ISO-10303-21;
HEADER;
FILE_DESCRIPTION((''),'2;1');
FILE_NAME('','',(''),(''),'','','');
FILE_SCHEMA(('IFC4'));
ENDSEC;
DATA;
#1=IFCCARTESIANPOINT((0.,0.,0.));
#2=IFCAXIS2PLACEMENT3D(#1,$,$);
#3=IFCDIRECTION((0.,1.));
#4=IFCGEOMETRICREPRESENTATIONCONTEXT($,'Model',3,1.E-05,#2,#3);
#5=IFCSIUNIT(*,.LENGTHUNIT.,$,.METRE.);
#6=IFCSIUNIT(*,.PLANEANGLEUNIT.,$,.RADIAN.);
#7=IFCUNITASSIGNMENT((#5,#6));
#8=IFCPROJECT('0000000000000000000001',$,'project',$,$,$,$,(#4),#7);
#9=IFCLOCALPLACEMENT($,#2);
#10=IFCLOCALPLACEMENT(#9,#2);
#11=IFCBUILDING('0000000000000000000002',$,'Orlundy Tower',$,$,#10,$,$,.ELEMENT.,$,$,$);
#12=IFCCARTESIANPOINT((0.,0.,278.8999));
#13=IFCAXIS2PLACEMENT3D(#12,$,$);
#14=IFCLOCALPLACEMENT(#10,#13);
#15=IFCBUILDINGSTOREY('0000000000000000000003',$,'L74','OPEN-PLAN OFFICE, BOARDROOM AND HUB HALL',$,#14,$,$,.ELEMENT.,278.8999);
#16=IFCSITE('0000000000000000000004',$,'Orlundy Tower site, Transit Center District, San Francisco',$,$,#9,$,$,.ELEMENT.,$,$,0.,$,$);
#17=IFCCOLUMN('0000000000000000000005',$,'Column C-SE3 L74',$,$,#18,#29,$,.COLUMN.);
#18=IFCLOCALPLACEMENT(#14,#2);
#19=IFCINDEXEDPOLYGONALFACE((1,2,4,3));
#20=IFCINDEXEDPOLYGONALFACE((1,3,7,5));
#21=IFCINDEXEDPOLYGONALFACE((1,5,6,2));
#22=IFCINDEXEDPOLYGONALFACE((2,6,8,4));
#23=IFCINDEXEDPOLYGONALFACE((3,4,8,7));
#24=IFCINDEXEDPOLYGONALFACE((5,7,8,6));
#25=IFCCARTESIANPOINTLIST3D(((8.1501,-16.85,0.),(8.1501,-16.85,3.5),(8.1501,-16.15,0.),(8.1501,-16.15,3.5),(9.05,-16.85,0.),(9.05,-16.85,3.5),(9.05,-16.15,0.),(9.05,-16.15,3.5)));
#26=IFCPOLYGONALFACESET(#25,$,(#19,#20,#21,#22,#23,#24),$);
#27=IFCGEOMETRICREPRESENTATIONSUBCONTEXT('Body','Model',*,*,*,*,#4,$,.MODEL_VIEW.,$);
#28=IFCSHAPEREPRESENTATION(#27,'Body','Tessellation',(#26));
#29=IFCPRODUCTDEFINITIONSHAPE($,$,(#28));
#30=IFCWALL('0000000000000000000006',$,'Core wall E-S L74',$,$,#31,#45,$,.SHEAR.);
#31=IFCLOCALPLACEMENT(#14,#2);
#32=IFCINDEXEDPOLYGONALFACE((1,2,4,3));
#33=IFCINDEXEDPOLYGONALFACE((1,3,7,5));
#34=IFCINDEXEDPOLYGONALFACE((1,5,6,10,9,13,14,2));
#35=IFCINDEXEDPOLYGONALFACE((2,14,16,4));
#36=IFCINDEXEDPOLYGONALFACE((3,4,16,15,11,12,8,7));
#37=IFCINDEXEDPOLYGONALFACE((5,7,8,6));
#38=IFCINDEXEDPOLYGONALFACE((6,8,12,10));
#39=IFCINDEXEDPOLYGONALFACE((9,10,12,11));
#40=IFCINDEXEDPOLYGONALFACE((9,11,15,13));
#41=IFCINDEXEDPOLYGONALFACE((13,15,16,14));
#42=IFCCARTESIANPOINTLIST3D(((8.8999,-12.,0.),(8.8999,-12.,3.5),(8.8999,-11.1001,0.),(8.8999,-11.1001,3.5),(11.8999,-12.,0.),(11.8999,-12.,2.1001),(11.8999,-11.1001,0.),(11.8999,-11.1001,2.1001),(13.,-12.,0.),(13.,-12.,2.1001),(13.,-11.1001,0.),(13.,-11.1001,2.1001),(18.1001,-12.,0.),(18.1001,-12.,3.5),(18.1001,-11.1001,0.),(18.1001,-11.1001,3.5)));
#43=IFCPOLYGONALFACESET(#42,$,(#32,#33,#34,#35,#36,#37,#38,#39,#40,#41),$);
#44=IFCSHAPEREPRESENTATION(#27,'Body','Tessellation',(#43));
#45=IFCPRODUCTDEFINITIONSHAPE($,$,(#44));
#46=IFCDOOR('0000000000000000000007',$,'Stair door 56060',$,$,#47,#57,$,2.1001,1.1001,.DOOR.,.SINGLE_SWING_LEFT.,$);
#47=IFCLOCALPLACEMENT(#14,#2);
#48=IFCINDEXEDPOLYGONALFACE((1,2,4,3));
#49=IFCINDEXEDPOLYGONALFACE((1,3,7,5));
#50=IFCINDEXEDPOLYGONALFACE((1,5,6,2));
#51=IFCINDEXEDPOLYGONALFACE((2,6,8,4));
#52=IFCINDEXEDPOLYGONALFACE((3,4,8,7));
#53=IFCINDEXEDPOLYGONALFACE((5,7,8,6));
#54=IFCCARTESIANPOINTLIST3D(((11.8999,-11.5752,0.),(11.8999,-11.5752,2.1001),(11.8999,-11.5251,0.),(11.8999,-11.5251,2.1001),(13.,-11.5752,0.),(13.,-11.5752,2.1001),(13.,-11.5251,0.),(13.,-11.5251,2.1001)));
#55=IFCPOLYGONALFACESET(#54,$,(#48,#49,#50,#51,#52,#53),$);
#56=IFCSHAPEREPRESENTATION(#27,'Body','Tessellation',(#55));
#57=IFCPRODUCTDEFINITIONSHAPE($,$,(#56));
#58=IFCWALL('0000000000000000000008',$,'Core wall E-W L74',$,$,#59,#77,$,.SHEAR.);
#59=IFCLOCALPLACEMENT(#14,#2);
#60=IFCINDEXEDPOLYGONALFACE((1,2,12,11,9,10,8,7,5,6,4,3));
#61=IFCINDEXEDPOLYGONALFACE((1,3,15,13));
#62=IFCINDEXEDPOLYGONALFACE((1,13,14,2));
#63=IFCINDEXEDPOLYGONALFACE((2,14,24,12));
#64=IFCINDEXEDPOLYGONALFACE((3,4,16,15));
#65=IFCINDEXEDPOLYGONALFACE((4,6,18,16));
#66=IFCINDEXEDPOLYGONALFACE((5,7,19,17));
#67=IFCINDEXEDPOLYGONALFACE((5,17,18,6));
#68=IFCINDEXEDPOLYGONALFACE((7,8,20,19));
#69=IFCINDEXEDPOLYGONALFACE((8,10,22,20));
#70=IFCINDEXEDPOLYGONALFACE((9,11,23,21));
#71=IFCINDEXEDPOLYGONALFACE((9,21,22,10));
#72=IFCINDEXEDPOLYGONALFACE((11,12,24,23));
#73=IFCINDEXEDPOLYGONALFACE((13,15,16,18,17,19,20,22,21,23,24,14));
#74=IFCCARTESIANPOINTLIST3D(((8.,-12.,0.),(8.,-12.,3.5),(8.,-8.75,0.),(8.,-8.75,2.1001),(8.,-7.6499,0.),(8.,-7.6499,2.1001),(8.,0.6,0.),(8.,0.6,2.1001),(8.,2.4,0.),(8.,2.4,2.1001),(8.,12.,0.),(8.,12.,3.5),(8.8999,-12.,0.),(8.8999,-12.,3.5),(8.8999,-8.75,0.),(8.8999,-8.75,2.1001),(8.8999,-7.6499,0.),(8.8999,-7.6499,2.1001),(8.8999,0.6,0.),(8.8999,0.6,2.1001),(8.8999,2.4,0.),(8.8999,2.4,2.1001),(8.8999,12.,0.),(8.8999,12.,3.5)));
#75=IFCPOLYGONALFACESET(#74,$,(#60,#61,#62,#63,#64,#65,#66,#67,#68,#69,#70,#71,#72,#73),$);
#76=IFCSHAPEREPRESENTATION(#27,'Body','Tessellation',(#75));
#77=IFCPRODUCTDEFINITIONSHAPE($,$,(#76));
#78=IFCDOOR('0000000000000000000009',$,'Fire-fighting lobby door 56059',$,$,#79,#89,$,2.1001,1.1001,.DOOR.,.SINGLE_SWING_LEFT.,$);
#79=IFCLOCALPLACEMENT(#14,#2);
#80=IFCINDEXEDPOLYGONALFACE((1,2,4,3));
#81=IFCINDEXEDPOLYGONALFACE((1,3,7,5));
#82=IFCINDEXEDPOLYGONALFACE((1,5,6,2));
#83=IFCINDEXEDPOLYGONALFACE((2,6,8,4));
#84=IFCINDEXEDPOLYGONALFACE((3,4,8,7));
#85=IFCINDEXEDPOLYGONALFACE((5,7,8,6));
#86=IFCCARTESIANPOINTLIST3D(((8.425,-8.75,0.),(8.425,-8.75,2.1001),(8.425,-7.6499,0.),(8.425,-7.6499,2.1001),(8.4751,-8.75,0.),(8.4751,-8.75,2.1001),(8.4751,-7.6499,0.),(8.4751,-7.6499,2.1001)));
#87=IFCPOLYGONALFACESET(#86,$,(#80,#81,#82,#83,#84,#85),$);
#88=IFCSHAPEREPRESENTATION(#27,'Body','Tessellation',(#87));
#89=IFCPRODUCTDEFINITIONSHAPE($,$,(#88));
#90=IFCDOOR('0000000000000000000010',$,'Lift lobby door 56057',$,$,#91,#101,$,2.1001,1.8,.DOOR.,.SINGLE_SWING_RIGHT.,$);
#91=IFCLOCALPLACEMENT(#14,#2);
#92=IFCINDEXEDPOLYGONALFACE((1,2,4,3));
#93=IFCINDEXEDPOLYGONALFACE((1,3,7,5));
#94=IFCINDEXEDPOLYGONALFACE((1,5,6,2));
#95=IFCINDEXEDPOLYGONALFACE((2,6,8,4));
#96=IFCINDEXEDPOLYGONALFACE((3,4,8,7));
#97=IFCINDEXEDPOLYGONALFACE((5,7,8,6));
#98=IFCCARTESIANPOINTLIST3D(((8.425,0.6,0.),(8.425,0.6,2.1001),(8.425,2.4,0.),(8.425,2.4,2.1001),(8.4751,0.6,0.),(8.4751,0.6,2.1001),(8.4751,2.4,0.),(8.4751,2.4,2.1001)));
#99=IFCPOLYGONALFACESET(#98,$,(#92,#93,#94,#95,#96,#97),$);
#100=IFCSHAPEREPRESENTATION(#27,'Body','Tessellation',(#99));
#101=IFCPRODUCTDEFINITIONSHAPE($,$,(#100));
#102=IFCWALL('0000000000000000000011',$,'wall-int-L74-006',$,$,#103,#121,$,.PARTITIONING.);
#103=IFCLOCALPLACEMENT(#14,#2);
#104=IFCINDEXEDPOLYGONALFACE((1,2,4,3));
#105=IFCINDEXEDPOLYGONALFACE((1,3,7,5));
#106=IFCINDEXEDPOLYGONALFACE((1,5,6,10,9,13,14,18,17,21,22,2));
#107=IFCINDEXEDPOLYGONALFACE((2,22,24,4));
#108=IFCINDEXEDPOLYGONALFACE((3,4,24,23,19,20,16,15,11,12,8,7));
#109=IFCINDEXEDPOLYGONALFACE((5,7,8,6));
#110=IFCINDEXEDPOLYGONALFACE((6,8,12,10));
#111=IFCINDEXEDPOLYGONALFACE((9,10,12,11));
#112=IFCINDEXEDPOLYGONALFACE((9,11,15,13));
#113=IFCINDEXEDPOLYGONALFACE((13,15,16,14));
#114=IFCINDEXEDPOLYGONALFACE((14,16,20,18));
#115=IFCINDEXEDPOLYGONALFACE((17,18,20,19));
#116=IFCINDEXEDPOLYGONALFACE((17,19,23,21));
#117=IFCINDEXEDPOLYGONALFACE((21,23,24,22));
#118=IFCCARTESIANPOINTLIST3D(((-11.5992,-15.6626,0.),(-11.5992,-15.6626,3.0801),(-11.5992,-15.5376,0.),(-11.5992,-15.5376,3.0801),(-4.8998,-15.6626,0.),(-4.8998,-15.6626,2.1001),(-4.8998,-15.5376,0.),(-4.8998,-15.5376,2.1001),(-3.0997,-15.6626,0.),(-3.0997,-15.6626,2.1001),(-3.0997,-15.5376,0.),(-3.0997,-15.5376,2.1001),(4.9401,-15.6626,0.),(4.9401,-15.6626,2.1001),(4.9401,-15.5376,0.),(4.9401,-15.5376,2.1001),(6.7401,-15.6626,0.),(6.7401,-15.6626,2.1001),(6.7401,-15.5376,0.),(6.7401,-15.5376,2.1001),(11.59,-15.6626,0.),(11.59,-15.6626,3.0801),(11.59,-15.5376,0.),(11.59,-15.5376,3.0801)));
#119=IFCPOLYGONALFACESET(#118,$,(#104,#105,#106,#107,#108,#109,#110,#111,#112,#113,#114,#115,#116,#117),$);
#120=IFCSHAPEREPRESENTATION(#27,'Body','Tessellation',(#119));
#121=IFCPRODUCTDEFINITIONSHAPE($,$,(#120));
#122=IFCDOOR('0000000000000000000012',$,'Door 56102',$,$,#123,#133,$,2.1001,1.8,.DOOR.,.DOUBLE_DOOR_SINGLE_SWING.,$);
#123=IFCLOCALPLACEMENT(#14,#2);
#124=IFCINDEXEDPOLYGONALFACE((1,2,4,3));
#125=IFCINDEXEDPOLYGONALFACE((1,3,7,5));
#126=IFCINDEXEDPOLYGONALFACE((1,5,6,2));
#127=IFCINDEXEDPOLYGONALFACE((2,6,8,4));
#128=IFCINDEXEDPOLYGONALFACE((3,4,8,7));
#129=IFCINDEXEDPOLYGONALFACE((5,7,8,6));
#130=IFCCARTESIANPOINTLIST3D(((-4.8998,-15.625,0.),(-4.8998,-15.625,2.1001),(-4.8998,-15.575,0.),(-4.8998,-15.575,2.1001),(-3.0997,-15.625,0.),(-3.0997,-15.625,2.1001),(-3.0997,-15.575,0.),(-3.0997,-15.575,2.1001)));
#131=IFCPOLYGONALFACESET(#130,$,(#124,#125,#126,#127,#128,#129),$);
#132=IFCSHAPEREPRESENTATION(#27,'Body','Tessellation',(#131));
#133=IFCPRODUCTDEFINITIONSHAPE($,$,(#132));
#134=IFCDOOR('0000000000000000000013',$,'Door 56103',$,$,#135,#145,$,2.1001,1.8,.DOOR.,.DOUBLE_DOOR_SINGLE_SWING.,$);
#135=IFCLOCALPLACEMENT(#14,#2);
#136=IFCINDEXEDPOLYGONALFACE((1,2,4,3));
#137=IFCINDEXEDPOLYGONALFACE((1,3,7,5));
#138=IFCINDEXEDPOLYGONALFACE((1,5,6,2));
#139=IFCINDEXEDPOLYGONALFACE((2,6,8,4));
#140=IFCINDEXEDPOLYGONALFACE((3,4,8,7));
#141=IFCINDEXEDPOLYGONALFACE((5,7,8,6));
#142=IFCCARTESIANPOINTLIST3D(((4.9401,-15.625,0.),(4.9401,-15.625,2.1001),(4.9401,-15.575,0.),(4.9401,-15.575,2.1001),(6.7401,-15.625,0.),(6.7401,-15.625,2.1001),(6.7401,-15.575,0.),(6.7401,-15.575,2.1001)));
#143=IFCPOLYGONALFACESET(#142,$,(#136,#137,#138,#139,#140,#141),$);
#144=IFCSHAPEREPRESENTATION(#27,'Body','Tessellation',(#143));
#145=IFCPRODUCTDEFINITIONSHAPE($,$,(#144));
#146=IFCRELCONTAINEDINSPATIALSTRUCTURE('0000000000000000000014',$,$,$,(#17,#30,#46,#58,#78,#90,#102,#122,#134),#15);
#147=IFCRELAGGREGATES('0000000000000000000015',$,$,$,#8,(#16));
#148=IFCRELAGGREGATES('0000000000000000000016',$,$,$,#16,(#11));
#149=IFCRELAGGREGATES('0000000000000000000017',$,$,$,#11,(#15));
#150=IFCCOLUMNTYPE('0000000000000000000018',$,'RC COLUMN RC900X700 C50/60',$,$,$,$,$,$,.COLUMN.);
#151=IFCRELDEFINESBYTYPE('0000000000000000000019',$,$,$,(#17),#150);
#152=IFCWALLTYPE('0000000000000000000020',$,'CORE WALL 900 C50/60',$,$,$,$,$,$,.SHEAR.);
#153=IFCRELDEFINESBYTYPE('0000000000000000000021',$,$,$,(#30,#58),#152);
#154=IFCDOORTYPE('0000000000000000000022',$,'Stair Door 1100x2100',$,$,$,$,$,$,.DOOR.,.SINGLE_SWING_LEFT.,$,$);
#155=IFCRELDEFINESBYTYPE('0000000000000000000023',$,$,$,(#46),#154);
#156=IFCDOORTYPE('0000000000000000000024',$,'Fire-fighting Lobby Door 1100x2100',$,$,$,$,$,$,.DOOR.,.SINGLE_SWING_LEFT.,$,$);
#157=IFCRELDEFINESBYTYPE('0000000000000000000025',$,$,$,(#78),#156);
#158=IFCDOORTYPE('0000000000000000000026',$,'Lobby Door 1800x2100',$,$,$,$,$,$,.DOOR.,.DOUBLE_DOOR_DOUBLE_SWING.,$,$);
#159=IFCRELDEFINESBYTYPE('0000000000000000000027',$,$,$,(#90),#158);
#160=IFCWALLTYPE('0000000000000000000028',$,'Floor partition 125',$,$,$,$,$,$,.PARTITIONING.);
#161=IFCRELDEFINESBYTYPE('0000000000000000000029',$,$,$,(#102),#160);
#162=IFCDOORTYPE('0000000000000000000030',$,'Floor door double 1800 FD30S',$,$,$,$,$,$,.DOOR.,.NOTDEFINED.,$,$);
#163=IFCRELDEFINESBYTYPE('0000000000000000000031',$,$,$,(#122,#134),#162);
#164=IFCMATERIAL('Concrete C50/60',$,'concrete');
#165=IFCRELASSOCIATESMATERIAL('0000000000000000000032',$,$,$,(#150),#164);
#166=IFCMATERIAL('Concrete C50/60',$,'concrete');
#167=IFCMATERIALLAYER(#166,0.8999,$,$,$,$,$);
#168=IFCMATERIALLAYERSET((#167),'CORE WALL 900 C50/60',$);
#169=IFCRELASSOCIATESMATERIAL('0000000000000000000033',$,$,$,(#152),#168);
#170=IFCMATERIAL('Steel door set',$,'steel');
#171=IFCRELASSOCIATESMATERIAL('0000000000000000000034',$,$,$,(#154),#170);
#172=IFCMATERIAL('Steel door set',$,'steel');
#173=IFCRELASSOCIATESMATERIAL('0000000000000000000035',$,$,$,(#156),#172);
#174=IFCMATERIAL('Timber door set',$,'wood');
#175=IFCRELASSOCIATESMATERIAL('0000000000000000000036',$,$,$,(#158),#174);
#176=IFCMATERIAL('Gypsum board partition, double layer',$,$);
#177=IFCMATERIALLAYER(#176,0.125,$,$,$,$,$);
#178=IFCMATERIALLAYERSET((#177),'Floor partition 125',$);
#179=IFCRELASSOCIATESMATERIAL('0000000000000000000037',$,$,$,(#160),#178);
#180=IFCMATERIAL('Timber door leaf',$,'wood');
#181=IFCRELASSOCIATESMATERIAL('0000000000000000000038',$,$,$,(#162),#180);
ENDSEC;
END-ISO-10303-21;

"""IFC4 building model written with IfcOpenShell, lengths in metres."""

from ifc_helpers import new_model, si_unit, direction, frame, frame_2d, origin, origin_2d, place, context, subcontext, project, spatial, rectangle, extrude, material, layer, layer_set, material_profile, profile_set, type_object, element, fill, save


model = new_model("IFC4")

# Units and contexts
model_context = context("Model", 3, precision=1e-05, world=origin(), true_north=direction((0.0, 1.0)))
body_context = subcontext(model_context, "Body", "Model", "MODEL_VIEW")
ifc_project = project(units=[si_unit("LENGTHUNIT", "METRE"), si_unit("PLANEANGLEUNIT", "RADIAN")], contexts=[model_context])

# Site, building, storey
site_placement = place(None, origin())
site = spatial("IfcSite", under=ifc_project, at=site_placement, Name="Orlundy Tower site, Transit Center District, San Francisco", CompositionType="ELEMENT", RefElevation=0.0)
building_placement = place(site_placement, origin())
building = spatial("IfcBuilding", under=site, at=building_placement, Name="Orlundy Tower", CompositionType="ELEMENT")
storey_placement = place(building_placement, frame((0.0, 0.0, 278.8999)))
storey = spatial("IfcBuildingStorey", under=building, at=storey_placement, Name="L74", Description="OPEN-PLAN OFFICE, BOARDROOM AND HUB HALL", CompositionType="ELEMENT", Elevation=278.8999)

# Column
ifc_material_1 = material(Name="Concrete C50/60", Category="concrete")
ifc_material_profile = material_profile(ifc_material_1, rectangle(XDim=0.8999, YDim=0.7, at=origin_2d()), Name="RC900X700")
ifc_profile_set = profile_set([ifc_material_profile], Name="Concrete C50/60")
column_type = type_object("IfcColumnType", Name="RC COLUMN RC900X700 C50/60", PredefinedType="COLUMN", material=ifc_profile_set)
column_placement = place(storey_placement, frame((8.6001, -16.5, 0.0), z_axis=(0.0, 0.0, 1.0), x_axis=(1.0, 0.0, 0.0)))
element("IfcColumn", 1, at=column_placement, inside=storey, type_object=column_type, Name="Column C-SE3 L74", PredefinedType="COLUMN", context=body_context, shape_type="SweptSolid", body=[
    extrude(rectangle(XDim=0.8999, YDim=0.7, at=origin_2d()), origin(), (0.0, 0.0, 1.0), 3.5),
])

# Wall, opening, door
ifc_material_2 = material(Name="Concrete C50/60", Category="concrete")
ifc_layer_1 = layer(ifc_material_2, 0.8999)
ifc_layer_set_1 = layer_set([ifc_layer_1], Name="CORE WALL 900 C50/60")
wall_type_1 = type_object("IfcWallType", Name="CORE WALL 900 C50/60", PredefinedType="SHEAR", material=ifc_layer_set_1)
wall_1_placement = place(storey_placement, frame((8.8999, -11.55, 0.0), z_axis=(0.0, 0.0, 1.0), x_axis=(1.0, 0.0, 0.0)))
wall_1 = element("IfcWall", 2, at=wall_1_placement, inside=storey, type_object=wall_type_1, Name="Core wall E-S L74", PredefinedType="SHEAR", context=body_context, shape_type="SweptSolid", body=[
    extrude(rectangle(XDim=9.2002, YDim=0.8999, at=frame_2d((4.6001, 0.0))), origin(), (0.0, 0.0, 1.0), 3.5),
])
opening_1_placement = place(wall_1_placement, frame((3.0, 0.0, 0.0)))
opening_1 = element("IfcOpeningElement", 3, at=opening_1_placement, cuts=wall_1, PredefinedType="OPENING", context=body_context, shape_type="SweptSolid", body=[
    extrude(rectangle(XDim=1.1001, YDim=2.1001, at=frame_2d((0.55, 1.05))), frame((0.0, 0.46, 0.0), z_axis=(0.0, -1.0, 0.0), x_axis=(1.0, 0.0, 0.0)), (0.0, 0.0, 1.0), 0.9199),
])
ifc_material_3 = material(Name="Steel door set", Category="steel")
door_type_1 = type_object("IfcDoorType", Name="Stair Door 1100x2100", OperationType="SINGLE_SWING_LEFT", PredefinedType="DOOR", material=ifc_material_3)
door_1_placement = place(opening_1_placement, origin())
door_1 = element("IfcDoor", 4, at=door_1_placement, inside=storey, type_object=door_type_1, Name="Stair door 56060", OperationType="SINGLE_SWING_LEFT", OverallHeight=2.1001, OverallWidth=1.1001, PredefinedType="DOOR", context=body_context, shape_type="SweptSolid", body=[
    extrude(rectangle(XDim=1.1001, YDim=2.1001, at=frame_2d((0.55, 1.05))), frame((0.0, 0.0249, 0.0), z_axis=(0.0, -1.0, 0.0), x_axis=(1.0, 0.0, 0.0)), (0.0, 0.0, 1.0), 0.05),
])
fill(opening_1, door_1)

# Walls, openings, doors
wall_2_placement = place(storey_placement, frame((8.45, -12.0, 0.0), z_axis=(0.0, 0.0, 1.0), x_axis=(0.0, 1.0, 0.0)))
wall_2 = element("IfcWall", 5, at=wall_2_placement, inside=storey, type_object=wall_type_1, Name="Core wall E-W L74", PredefinedType="SHEAR", context=body_context, shape_type="SweptSolid", body=[
    extrude(rectangle(XDim=24.0, YDim=0.8999, at=frame_2d((12.0, 0.0))), origin(), (0.0, 0.0, 1.0), 3.5),
])
opening_2_placement = place(wall_2_placement, frame((12.6001, 0.0, 0.0)))
opening_2 = element("IfcOpeningElement", 6, at=opening_2_placement, cuts=wall_2, PredefinedType="OPENING", context=body_context, shape_type="SweptSolid", body=[
    extrude(rectangle(XDim=1.8, YDim=2.1001, at=frame_2d((0.8999, 1.05))), frame((0.0, 0.46, 0.0), z_axis=(0.0, -1.0, 0.0), x_axis=(1.0, 0.0, 0.0)), (0.0, 0.0, 1.0), 0.9199),
])
opening_3_placement = place(wall_2_placement, frame((3.25, 0.0, 0.0)))
opening_3 = element("IfcOpeningElement", 7, at=opening_3_placement, cuts=wall_2, PredefinedType="OPENING", context=body_context, shape_type="SweptSolid", body=[
    extrude(rectangle(XDim=1.1001, YDim=2.1001, at=frame_2d((0.55, 1.05))), frame((0.0, 0.46, 0.0), z_axis=(0.0, -1.0, 0.0), x_axis=(1.0, 0.0, 0.0)), (0.0, 0.0, 1.0), 0.9199),
])
ifc_material_4 = material(Name="Steel door set", Category="steel")
door_type_2 = type_object("IfcDoorType", Name="Fire-fighting Lobby Door 1100x2100", OperationType="SINGLE_SWING_LEFT", PredefinedType="DOOR", material=ifc_material_4)
door_2_placement = place(opening_3_placement, origin())
door_2 = element("IfcDoor", 8, at=door_2_placement, inside=storey, type_object=door_type_2, Name="Fire-fighting lobby door 56059", OperationType="SINGLE_SWING_LEFT", OverallHeight=2.1001, OverallWidth=1.1001, PredefinedType="DOOR", context=body_context, shape_type="SweptSolid", body=[
    extrude(rectangle(XDim=1.1001, YDim=2.1001, at=frame_2d((0.55, 1.05))), frame((0.0, 0.0249, 0.0), z_axis=(0.0, -1.0, 0.0), x_axis=(1.0, 0.0, 0.0)), (0.0, 0.0, 1.0), 0.05),
])
fill(opening_3, door_2)
ifc_material_5 = material(Name="Timber door set", Category="wood")
door_type_3 = type_object("IfcDoorType", Name="Lobby Door 1800x2100", OperationType="DOUBLE_DOOR_DOUBLE_SWING", PredefinedType="DOOR", material=ifc_material_5)
door_3_placement = place(opening_2_placement, origin())
door_3 = element("IfcDoor", 9, at=door_3_placement, inside=storey, type_object=door_type_3, Name="Lift lobby door 56057", OperationType="SINGLE_SWING_RIGHT", OverallHeight=2.1001, OverallWidth=1.8, PredefinedType="DOOR", context=body_context, shape_type="SweptSolid", body=[
    extrude(rectangle(XDim=1.8, YDim=2.1001, at=frame_2d((0.8999, 1.05))), frame((0.0, 0.0249, 0.0), z_axis=(0.0, -1.0, 0.0), x_axis=(1.0, 0.0, 0.0)), (0.0, 0.0, 1.0), 0.05),
])
fill(opening_2, door_3)
ifc_material_6 = material(Name="Gypsum board partition, double layer")
ifc_layer_2 = layer(ifc_material_6, 0.125)
ifc_layer_set_2 = layer_set([ifc_layer_2], Name="Floor partition 125")
wall_type_2 = type_object("IfcWallType", Name="Floor partition 125", PredefinedType="PARTITIONING", material=ifc_layer_set_2)
wall_3_placement = place(storey_placement, frame((11.5901, -15.6001, 0.0), z_axis=(0.0, 0.0, 1.0), x_axis=(-1.0, 0.0, 0.0)))
wall_3 = element("IfcWall", 10, at=wall_3_placement, inside=storey, type_object=wall_type_2, Name="wall-int-L74-006", PredefinedType="PARTITIONING", context=body_context, shape_type="SweptSolid", body=[
    extrude(rectangle(XDim=23.1892, YDim=0.125, at=frame_2d((11.5947, 0.0))), origin(), (0.0, 0.0, 1.0), 3.0801),
])
opening_4_placement = place(wall_3_placement, frame((14.6899, 0.0, 0.0)))
opening_4 = element("IfcOpeningElement", 11, at=opening_4_placement, cuts=wall_3, PredefinedType="OPENING", context=body_context, shape_type="SweptSolid", body=[
    extrude(rectangle(XDim=1.8, YDim=2.1001, at=frame_2d((0.8999, 1.05))), frame((0.0, 0.0725, 0.0), z_axis=(0.0, -1.0, 0.0), x_axis=(1.0, 0.0, 0.0)), (0.0, 0.0, 1.0), 0.145),
])
opening_5_placement = place(wall_3_placement, frame((4.8501, 0.0, 0.0)))
opening_5 = element("IfcOpeningElement", 12, at=opening_5_placement, cuts=wall_3, PredefinedType="OPENING", context=body_context, shape_type="SweptSolid", body=[
    extrude(rectangle(XDim=1.8, YDim=2.1001, at=frame_2d((0.8999, 1.05))), frame((0.0, 0.0725, 0.0), z_axis=(0.0, -1.0, 0.0), x_axis=(1.0, 0.0, 0.0)), (0.0, 0.0, 1.0), 0.145),
])
ifc_material_7 = material(Name="Timber door leaf", Category="wood")
door_type_4 = type_object("IfcDoorType", Name="Floor door double 1800 FD30S", OperationType="NOTDEFINED", PredefinedType="DOOR", material=ifc_material_7)
door_4_placement = place(opening_4_placement, origin())
door_4 = element("IfcDoor", 13, at=door_4_placement, inside=storey, type_object=door_type_4, Name="Door 56102", OperationType="DOUBLE_DOOR_SINGLE_SWING", OverallHeight=2.1001, OverallWidth=1.8, PredefinedType="DOOR", context=body_context, shape_type="SweptSolid", body=[
    extrude(rectangle(XDim=1.8, YDim=2.1001, at=frame_2d((0.8999, 1.05))), frame((0.0, 0.0249, 0.0), z_axis=(0.0, -1.0, 0.0), x_axis=(1.0, 0.0, 0.0)), (0.0, 0.0, 1.0), 0.05),
])
fill(opening_4, door_4)
door_5_placement = place(opening_5_placement, origin())
door_5 = element("IfcDoor", 14, at=door_5_placement, inside=storey, type_object=door_type_4, Name="Door 56103", OperationType="DOUBLE_DOOR_SINGLE_SWING", OverallHeight=2.1001, OverallWidth=1.8, PredefinedType="DOOR", context=body_context, shape_type="SweptSolid", body=[
    extrude(rectangle(XDim=1.8, YDim=2.1001, at=frame_2d((0.8999, 1.05))), frame((0.0, 0.0249, 0.0), z_axis=(0.0, -1.0, 0.0), x_axis=(1.0, 0.0, 0.0)), (0.0, 0.0, 1.0), 0.05),
])
fill(opening_5, door_5)

save(model, "model.ifc")
